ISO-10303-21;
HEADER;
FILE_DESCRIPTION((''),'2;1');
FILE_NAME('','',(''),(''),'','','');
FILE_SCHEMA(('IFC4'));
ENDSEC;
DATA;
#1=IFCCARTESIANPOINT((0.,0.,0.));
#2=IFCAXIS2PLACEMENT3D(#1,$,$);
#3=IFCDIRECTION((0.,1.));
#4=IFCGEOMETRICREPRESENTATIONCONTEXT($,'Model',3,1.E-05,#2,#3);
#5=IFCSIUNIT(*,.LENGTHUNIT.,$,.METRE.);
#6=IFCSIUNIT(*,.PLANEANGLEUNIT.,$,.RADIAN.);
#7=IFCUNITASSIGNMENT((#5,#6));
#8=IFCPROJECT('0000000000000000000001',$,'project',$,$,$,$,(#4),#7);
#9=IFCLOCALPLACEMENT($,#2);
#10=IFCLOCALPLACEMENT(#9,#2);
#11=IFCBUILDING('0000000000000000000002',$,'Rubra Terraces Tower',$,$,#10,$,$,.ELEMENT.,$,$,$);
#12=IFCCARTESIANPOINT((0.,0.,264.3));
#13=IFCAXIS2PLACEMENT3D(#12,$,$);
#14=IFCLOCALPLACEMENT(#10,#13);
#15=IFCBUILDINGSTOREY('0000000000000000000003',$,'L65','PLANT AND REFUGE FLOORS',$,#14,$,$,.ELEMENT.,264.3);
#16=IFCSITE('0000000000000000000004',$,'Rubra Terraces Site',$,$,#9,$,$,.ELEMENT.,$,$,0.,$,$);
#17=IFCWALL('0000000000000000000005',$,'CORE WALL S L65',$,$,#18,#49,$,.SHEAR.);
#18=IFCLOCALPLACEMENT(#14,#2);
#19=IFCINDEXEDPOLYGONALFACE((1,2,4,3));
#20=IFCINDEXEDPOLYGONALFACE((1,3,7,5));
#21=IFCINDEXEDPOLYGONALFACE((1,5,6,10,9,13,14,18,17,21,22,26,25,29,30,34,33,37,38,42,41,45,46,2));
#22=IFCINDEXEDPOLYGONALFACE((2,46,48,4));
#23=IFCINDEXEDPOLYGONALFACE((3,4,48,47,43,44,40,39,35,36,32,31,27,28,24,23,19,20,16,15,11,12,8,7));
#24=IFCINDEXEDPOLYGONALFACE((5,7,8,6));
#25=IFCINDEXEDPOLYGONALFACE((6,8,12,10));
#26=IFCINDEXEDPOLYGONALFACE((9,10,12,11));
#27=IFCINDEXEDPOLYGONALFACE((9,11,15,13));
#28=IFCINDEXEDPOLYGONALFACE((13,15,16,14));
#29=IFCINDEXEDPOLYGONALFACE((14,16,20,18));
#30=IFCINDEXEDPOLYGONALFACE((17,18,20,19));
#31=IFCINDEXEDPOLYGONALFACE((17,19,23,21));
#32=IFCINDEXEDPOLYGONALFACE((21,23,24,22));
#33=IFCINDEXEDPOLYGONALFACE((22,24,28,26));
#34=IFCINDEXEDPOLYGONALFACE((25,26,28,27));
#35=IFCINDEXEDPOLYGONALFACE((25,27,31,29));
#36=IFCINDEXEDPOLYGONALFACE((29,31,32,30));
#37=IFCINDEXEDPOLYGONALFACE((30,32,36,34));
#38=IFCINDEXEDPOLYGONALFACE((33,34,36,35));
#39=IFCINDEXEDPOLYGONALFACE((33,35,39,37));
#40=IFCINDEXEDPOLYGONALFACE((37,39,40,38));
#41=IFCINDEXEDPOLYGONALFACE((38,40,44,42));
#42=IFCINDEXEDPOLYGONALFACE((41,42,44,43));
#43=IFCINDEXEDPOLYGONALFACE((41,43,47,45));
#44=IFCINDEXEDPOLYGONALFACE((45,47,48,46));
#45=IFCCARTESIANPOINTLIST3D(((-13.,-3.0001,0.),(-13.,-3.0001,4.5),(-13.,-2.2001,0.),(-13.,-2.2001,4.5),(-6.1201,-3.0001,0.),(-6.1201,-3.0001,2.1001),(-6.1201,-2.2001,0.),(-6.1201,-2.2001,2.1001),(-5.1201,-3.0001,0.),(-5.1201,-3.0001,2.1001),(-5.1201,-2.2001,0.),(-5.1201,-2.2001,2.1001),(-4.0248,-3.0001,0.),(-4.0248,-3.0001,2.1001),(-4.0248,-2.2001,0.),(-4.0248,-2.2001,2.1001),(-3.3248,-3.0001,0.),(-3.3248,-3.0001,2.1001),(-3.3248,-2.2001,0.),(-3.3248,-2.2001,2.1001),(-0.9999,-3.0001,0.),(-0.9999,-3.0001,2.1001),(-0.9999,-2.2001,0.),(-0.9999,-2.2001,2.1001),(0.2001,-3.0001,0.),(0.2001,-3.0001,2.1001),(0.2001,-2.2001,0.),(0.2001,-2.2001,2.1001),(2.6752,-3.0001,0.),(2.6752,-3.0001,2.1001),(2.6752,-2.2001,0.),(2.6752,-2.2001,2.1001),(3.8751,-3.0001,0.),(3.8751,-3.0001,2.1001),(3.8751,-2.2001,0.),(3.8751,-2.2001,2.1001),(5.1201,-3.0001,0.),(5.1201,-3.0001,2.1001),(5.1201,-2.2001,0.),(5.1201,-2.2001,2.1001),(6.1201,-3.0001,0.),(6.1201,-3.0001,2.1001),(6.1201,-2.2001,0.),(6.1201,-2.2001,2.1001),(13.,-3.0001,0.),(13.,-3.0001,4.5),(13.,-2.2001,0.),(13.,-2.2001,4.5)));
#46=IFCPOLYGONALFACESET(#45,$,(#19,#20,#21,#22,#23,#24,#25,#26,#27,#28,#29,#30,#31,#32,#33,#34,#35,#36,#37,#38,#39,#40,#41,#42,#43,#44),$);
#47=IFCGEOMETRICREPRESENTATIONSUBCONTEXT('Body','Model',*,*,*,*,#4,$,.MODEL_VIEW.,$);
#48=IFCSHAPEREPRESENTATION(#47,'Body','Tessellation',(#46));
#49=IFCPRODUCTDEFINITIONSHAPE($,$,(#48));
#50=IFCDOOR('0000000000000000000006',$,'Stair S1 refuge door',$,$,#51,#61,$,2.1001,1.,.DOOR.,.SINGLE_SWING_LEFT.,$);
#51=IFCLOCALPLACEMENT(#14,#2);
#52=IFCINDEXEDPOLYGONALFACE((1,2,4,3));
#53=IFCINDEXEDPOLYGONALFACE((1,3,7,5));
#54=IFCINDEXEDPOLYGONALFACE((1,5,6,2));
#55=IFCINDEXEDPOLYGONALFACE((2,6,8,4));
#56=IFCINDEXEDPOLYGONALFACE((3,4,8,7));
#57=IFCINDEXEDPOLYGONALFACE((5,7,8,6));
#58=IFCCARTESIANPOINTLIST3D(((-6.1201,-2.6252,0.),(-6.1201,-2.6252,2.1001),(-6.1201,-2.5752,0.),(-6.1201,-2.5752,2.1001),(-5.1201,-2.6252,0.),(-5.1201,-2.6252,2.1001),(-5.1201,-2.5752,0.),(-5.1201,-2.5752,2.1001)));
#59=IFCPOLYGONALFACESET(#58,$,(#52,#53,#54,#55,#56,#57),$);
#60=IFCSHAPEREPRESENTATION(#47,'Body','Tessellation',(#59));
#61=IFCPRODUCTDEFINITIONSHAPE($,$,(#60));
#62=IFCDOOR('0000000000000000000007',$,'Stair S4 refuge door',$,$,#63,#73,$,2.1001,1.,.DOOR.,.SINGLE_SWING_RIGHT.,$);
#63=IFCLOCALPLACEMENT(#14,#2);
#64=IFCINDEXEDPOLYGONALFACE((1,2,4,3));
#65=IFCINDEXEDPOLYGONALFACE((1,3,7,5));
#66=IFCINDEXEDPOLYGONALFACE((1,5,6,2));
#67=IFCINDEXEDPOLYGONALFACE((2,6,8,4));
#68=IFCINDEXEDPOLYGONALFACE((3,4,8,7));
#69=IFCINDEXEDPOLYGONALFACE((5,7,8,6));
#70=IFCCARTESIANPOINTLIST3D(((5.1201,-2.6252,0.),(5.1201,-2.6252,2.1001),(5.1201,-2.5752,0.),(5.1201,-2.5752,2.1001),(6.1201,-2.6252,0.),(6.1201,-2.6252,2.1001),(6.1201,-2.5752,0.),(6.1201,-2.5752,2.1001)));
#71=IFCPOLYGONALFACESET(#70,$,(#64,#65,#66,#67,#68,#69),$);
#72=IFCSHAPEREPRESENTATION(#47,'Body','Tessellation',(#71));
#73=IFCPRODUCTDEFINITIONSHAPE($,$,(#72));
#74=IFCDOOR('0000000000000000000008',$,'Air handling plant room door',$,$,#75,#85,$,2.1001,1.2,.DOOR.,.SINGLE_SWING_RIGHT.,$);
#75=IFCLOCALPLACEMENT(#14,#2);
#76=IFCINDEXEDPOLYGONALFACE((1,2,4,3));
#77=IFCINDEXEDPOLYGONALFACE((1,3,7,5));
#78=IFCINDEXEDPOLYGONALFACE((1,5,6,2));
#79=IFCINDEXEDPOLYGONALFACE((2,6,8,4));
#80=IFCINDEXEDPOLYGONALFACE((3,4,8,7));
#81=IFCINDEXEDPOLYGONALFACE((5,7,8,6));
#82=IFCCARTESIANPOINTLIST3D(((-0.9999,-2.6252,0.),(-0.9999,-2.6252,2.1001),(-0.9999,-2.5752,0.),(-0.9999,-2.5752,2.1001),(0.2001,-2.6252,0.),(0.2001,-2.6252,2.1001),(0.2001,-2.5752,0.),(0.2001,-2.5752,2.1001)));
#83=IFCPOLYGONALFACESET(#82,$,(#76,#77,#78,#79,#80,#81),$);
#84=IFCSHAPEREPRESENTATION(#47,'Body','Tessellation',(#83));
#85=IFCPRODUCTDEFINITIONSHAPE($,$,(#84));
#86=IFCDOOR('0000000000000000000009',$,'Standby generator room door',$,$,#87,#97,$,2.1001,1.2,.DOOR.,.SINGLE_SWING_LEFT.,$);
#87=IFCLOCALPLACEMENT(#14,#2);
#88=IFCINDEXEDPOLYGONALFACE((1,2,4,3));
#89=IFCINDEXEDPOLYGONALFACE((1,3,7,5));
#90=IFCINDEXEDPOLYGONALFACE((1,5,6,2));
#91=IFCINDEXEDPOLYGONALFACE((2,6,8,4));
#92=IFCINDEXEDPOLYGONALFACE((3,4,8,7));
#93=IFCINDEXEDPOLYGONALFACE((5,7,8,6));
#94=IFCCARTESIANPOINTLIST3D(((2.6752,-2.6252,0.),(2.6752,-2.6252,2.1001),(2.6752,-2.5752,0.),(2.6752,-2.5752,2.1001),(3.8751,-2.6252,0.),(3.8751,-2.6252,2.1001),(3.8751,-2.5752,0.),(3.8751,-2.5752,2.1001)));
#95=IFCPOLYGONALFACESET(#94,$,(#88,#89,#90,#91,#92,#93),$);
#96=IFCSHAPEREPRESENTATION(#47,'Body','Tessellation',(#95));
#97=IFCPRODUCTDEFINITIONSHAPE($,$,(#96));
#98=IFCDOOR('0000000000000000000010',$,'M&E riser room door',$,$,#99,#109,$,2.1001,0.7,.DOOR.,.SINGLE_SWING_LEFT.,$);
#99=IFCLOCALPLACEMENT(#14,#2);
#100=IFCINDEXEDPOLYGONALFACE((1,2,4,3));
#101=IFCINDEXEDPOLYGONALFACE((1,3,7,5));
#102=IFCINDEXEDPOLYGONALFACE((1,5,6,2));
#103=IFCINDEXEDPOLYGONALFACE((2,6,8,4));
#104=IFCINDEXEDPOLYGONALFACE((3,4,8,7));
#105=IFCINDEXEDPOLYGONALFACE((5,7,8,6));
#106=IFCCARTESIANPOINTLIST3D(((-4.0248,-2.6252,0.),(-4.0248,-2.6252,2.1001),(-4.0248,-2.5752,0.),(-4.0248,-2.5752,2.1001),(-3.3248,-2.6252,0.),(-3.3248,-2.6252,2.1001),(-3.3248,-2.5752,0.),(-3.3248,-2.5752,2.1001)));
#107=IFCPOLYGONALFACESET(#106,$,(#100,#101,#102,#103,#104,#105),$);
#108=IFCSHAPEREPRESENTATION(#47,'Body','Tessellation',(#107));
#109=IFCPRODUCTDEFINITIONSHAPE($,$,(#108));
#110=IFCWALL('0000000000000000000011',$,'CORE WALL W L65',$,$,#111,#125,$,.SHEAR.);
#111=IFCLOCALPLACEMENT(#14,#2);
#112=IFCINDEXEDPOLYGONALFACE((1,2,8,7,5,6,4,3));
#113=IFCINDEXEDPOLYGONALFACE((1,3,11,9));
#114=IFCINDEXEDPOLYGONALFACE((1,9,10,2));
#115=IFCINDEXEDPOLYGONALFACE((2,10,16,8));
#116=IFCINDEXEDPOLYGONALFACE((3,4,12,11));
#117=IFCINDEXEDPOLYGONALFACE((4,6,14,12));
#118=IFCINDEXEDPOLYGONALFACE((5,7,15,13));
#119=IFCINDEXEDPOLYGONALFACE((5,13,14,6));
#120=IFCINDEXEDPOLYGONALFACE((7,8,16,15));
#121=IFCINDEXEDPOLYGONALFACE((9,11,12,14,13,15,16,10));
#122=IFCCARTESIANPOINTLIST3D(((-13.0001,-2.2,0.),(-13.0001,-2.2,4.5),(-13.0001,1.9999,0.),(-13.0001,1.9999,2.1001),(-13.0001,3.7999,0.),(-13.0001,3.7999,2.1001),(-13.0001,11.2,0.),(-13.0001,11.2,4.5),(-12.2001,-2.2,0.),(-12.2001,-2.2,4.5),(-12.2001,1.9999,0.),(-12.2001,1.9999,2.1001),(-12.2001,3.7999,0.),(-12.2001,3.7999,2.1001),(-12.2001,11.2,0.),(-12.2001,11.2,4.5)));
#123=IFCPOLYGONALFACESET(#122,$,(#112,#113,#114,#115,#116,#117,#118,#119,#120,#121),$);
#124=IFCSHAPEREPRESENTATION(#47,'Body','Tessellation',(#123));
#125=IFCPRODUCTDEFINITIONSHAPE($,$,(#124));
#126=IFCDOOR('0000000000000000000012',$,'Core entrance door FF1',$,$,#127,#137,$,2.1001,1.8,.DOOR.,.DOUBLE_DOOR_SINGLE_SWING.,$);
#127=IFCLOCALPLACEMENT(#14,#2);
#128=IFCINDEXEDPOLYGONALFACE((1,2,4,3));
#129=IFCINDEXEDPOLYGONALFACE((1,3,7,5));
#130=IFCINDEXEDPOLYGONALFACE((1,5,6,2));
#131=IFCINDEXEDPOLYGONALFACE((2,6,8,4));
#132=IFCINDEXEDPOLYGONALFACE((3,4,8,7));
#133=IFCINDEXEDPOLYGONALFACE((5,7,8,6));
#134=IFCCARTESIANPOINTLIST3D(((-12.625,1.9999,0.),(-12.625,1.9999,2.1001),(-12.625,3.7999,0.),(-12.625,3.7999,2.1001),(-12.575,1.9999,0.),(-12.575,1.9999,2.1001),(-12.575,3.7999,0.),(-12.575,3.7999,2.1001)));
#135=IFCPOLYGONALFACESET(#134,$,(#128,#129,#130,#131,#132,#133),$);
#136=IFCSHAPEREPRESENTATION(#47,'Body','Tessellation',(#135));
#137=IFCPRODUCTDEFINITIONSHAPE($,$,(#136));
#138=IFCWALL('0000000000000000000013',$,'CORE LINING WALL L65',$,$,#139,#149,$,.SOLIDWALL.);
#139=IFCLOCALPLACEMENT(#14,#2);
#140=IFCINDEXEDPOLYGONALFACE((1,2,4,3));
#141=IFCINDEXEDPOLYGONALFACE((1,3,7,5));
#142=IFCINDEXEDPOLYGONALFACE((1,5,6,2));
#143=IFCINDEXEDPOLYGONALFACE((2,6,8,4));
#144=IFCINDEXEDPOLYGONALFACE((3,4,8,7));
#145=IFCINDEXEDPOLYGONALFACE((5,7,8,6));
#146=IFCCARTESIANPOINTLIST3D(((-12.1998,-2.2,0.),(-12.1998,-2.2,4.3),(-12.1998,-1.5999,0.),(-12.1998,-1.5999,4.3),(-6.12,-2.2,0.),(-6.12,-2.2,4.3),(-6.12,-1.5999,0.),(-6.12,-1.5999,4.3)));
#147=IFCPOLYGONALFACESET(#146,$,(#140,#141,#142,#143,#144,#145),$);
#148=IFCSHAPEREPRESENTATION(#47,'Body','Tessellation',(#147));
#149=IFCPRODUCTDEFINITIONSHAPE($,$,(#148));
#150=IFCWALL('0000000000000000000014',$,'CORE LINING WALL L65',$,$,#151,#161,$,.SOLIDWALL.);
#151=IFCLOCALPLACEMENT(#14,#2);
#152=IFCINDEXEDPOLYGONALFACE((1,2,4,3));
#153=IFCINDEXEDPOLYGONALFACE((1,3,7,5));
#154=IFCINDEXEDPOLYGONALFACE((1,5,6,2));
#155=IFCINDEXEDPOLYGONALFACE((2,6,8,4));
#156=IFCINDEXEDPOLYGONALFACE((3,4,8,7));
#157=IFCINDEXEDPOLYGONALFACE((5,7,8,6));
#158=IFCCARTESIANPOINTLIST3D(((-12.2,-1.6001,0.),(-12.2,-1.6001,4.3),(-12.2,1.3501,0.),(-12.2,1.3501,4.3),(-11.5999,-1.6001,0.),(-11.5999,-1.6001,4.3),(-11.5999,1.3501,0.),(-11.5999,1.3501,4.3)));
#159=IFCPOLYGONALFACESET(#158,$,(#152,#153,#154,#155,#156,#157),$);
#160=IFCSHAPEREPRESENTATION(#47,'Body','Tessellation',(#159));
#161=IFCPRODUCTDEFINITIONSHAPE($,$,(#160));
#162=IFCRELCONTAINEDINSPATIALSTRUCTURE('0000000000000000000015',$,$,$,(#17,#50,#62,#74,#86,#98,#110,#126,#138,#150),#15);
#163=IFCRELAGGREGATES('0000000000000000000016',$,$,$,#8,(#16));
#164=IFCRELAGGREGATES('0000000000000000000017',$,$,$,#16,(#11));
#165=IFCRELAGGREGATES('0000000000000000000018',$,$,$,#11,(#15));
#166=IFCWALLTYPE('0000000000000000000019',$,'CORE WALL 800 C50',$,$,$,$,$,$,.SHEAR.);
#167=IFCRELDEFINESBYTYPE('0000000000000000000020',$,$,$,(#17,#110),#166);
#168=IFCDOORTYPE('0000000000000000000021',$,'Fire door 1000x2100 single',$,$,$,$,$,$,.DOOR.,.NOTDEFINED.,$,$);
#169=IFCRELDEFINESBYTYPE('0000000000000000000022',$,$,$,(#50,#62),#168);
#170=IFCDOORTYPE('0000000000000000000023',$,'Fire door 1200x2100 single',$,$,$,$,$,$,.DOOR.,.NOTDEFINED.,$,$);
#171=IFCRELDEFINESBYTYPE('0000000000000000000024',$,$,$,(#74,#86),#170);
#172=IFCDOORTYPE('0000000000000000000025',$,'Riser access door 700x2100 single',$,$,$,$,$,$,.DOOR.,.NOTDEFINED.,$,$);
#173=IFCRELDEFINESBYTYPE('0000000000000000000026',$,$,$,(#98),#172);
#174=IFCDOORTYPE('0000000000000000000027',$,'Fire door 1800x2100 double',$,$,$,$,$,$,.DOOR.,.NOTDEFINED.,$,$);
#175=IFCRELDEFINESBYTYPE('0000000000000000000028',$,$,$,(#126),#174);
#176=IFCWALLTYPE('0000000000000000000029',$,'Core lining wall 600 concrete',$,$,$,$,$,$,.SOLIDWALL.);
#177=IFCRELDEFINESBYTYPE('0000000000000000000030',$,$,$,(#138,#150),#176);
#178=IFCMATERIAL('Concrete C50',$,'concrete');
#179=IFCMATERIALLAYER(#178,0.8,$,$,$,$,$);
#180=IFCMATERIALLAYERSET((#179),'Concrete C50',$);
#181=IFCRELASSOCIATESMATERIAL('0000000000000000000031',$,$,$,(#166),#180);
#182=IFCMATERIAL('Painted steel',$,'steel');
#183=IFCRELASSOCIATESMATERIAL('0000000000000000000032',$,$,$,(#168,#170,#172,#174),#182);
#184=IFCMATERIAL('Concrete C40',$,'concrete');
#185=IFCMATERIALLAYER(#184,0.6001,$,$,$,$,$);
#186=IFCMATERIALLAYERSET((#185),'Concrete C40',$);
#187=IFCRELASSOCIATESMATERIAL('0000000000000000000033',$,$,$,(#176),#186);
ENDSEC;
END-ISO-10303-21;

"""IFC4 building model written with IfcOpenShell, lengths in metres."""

from ifc_helpers import new_model, si_unit, direction, frame, frame_2d, origin, place, context, subcontext, project, spatial, rectangle, extrude, material, layer, layer_set, type_object, element, fill, save


model = new_model("IFC4")

# Units and contexts
model_context = context("Model", 3, precision=1e-05, world=origin(), true_north=direction((0.0, 1.0)))
body_context = subcontext(model_context, "Body", "Model", "MODEL_VIEW")
ifc_project = project(units=[si_unit("LENGTHUNIT", "METRE"), si_unit("PLANEANGLEUNIT", "RADIAN")], contexts=[model_context])

# Site, building, storey
site_placement = place(None, origin())
site = spatial("IfcSite", under=ifc_project, at=site_placement, Name="Rubra Terraces Site", CompositionType="ELEMENT", RefElevation=0.0)
building_placement = place(site_placement, origin())
building = spatial("IfcBuilding", under=site, at=building_placement, Name="Rubra Terraces Tower", CompositionType="ELEMENT")
storey_placement = place(building_placement, frame((0.0, 0.0, 264.3)))
storey = spatial("IfcBuildingStorey", under=building, at=storey_placement, Name="L65", Description="PLANT AND REFUGE FLOORS", CompositionType="ELEMENT", Elevation=264.3)

# Shared definitions
ifc_material_1 = material(Name="Concrete C40", Category="concrete")

# Wall, openings, doors
ifc_material_2 = material(Name="Concrete C50", Category="concrete")
ifc_layer_1 = layer(ifc_material_2, 0.8)
ifc_layer_set_1 = layer_set([ifc_layer_1], Name="Concrete C50")
wall_type_1 = type_object("IfcWallType", Name="CORE WALL 800 C50", PredefinedType="SHEAR", material=ifc_layer_set_1)
wall_1_placement = place(storey_placement, frame((-13.0, -2.6001, 0.0), z_axis=(0.0, 0.0, 1.0), x_axis=(1.0, 0.0, 0.0)))
wall_1 = element("IfcWall", 1, at=wall_1_placement, inside=storey, type_object=wall_type_1, Name="CORE WALL S L65", PredefinedType="SHEAR", context=body_context, shape_type="SweptSolid", body=[
    extrude(rectangle(XDim=26.0, YDim=0.8, at=frame_2d((13.0, 0.0))), origin(), (0.0, 0.0, 1.0), 4.5),
])
opening_1_placement = place(wall_1_placement, frame((8.9751, 0.0, 0.0)))
opening_1 = element("IfcOpeningElement", 2, at=opening_1_placement, cuts=wall_1, PredefinedType="OPENING", context=body_context, shape_type="SweptSolid", body=[
    extrude(rectangle(XDim=0.7, YDim=2.1001, at=frame_2d((0.3501, 1.05))), frame((0.0, 0.4099, 0.0), z_axis=(0.0, -1.0, 0.0), x_axis=(1.0, 0.0, 0.0)), (0.0, 0.0, 1.0), 0.8201),
])
opening_2_placement = place(wall_1_placement, frame((12.0, 0.0, 0.0)))
opening_2 = element("IfcOpeningElement", 3, at=opening_2_placement, cuts=wall_1, PredefinedType="OPENING", context=body_context, shape_type="SweptSolid", body=[
    extrude(rectangle(XDim=1.2, YDim=2.1001, at=frame_2d((0.6001, 1.05))), frame((0.0, 0.4099, 0.0), z_axis=(0.0, -1.0, 0.0), x_axis=(1.0, 0.0, 0.0)), (0.0, 0.0, 1.0), 0.8201),
])
opening_3_placement = place(wall_1_placement, frame((15.675, 0.0, 0.0)))
opening_3 = element("IfcOpeningElement", 4, at=opening_3_placement, cuts=wall_1, PredefinedType="OPENING", context=body_context, shape_type="SweptSolid", body=[
    extrude(rectangle(XDim=1.2, YDim=2.1001, at=frame_2d((0.6001, 1.05))), frame((0.0, 0.4099, 0.0), z_axis=(0.0, -1.0, 0.0), x_axis=(1.0, 0.0, 0.0)), (0.0, 0.0, 1.0), 0.8201),
])
opening_4_placement = place(wall_1_placement, frame((6.8799, 0.0, 0.0)))
opening_4 = element("IfcOpeningElement", 5, at=opening_4_placement, cuts=wall_1, PredefinedType="OPENING", context=body_context, shape_type="SweptSolid", body=[
    extrude(rectangle(XDim=1.0, YDim=2.1001, at=frame_2d((0.5, 1.05))), frame((0.0, 0.4099, 0.0), z_axis=(0.0, -1.0, 0.0), x_axis=(1.0, 0.0, 0.0)), (0.0, 0.0, 1.0), 0.8201),
])
opening_5_placement = place(wall_1_placement, frame((18.1201, 0.0, 0.0)))
opening_5 = element("IfcOpeningElement", 6, at=opening_5_placement, cuts=wall_1, PredefinedType="OPENING", context=body_context, shape_type="SweptSolid", body=[
    extrude(rectangle(XDim=1.0, YDim=2.1001, at=frame_2d((0.5, 1.05))), frame((0.0, 0.4099, 0.0), z_axis=(0.0, -1.0, 0.0), x_axis=(1.0, 0.0, 0.0)), (0.0, 0.0, 1.0), 0.8201),
])
ifc_material_3 = material(Name="Painted steel", Category="steel")
door_type_1 = type_object("IfcDoorType", Name="Fire door 1000x2100 single", OperationType="NOTDEFINED", PredefinedType="DOOR", material=ifc_material_3)
door_1_placement = place(opening_4_placement, origin())
door_1 = element("IfcDoor", 7, at=door_1_placement, inside=storey, type_object=door_type_1, Name="Stair S1 refuge door", OperationType="SINGLE_SWING_LEFT", OverallHeight=2.1001, OverallWidth=1.0, PredefinedType="DOOR", context=body_context, shape_type="SweptSolid", body=[
    extrude(rectangle(XDim=1.0, YDim=2.1001, at=frame_2d((0.5, 1.05))), frame((0.0, 0.0249, 0.0), z_axis=(0.0, -1.0, 0.0), x_axis=(1.0, 0.0, 0.0)), (0.0, 0.0, 1.0), 0.05),
])
fill(opening_4, door_1)
door_2_placement = place(opening_5_placement, origin())
door_2 = element("IfcDoor", 8, at=door_2_placement, inside=storey, type_object=door_type_1, Name="Stair S4 refuge door", OperationType="SINGLE_SWING_RIGHT", OverallHeight=2.1001, OverallWidth=1.0, PredefinedType="DOOR", context=body_context, shape_type="SweptSolid", body=[
    extrude(rectangle(XDim=1.0, YDim=2.1001, at=frame_2d((0.5, 1.05))), frame((0.0, 0.0249, 0.0), z_axis=(0.0, -1.0, 0.0), x_axis=(1.0, 0.0, 0.0)), (0.0, 0.0, 1.0), 0.05),
])
fill(opening_5, door_2)
door_type_2 = type_object("IfcDoorType", Name="Fire door 1200x2100 single", OperationType="NOTDEFINED", PredefinedType="DOOR", material=ifc_material_3)
door_3_placement = place(opening_2_placement, origin())
door_3 = element("IfcDoor", 9, at=door_3_placement, inside=storey, type_object=door_type_2, Name="Air handling plant room door", OperationType="SINGLE_SWING_RIGHT", OverallHeight=2.1001, OverallWidth=1.2, PredefinedType="DOOR", context=body_context, shape_type="SweptSolid", body=[
    extrude(rectangle(XDim=1.2, YDim=2.1001, at=frame_2d((0.6001, 1.05))), frame((0.0, 0.0249, 0.0), z_axis=(0.0, -1.0, 0.0), x_axis=(1.0, 0.0, 0.0)), (0.0, 0.0, 1.0), 0.05),
])
fill(opening_2, door_3)
door_4_placement = place(opening_3_placement, origin())
door_4 = element("IfcDoor", 10, at=door_4_placement, inside=storey, type_object=door_type_2, Name="Standby generator room door", OperationType="SINGLE_SWING_LEFT", OverallHeight=2.1001, OverallWidth=1.2, PredefinedType="DOOR", context=body_context, shape_type="SweptSolid", body=[
    extrude(rectangle(XDim=1.2, YDim=2.1001, at=frame_2d((0.6001, 1.05))), frame((0.0, 0.0249, 0.0), z_axis=(0.0, -1.0, 0.0), x_axis=(1.0, 0.0, 0.0)), (0.0, 0.0, 1.0), 0.05),
])
fill(opening_3, door_4)
door_type_3 = type_object("IfcDoorType", Name="Riser access door 700x2100 single", OperationType="NOTDEFINED", PredefinedType="DOOR", material=ifc_material_3)
door_5_placement = place(opening_1_placement, origin())
door_5 = element("IfcDoor", 11, at=door_5_placement, inside=storey, type_object=door_type_3, Name="M&E riser room door", OperationType="SINGLE_SWING_LEFT", OverallHeight=2.1001, OverallWidth=0.7, PredefinedType="DOOR", context=body_context, shape_type="SweptSolid", body=[
    extrude(rectangle(XDim=0.7, YDim=2.1001, at=frame_2d((0.3501, 1.05))), frame((0.0, 0.0249, 0.0), z_axis=(0.0, -1.0, 0.0), x_axis=(1.0, 0.0, 0.0)), (0.0, 0.0, 1.0), 0.05),
])
fill(opening_1, door_5)

# Wall, opening, door
wall_2_placement = place(storey_placement, frame((-12.6001, -2.2, 0.0), z_axis=(0.0, 0.0, 1.0), x_axis=(0.0, 1.0, 0.0)))
wall_2 = element("IfcWall", 12, at=wall_2_placement, inside=storey, type_object=wall_type_1, Name="CORE WALL W L65", PredefinedType="SHEAR", context=body_context, shape_type="SweptSolid", body=[
    extrude(rectangle(XDim=13.3999, YDim=0.8, at=frame_2d((6.7, 0.0))), origin(), (0.0, 0.0, 1.0), 4.5),
])
opening_6_placement = place(wall_2_placement, frame((4.2, 0.0, 0.0)))
opening_6 = element("IfcOpeningElement", 13, at=opening_6_placement, cuts=wall_2, PredefinedType="OPENING", context=body_context, shape_type="SweptSolid", body=[
    extrude(rectangle(XDim=1.8, YDim=2.1001, at=frame_2d((0.8999, 1.05))), frame((0.0, 0.4099, 0.0), z_axis=(0.0, -1.0, 0.0), x_axis=(1.0, 0.0, 0.0)), (0.0, 0.0, 1.0), 0.8201),
])
door_type_4 = type_object("IfcDoorType", Name="Fire door 1800x2100 double", OperationType="NOTDEFINED", PredefinedType="DOOR", material=ifc_material_3)
door_6_placement = place(opening_6_placement, origin())
door_6 = element("IfcDoor", 14, at=door_6_placement, inside=storey, type_object=door_type_4, Name="Core entrance door FF1", OperationType="DOUBLE_DOOR_SINGLE_SWING", OverallHeight=2.1001, OverallWidth=1.8, PredefinedType="DOOR", context=body_context, shape_type="SweptSolid", body=[
    extrude(rectangle(XDim=1.8, YDim=2.1001, at=frame_2d((0.8999, 1.05))), frame((0.0, 0.0249, 0.0), z_axis=(0.0, -1.0, 0.0), x_axis=(1.0, 0.0, 0.0)), (0.0, 0.0, 1.0), 0.05),
])
fill(opening_6, door_6)

# Walls
ifc_layer_2 = layer(ifc_material_1, 0.6001)
ifc_layer_set_2 = layer_set([ifc_layer_2], Name="Concrete C40")
wall_type_2 = type_object("IfcWallType", Name="Core lining wall 600 concrete", PredefinedType="SOLIDWALL", material=ifc_layer_set_2)
wall_3_placement = place(storey_placement, frame((-12.2, -1.8999, 0.0), z_axis=(0.0, 0.0, 1.0), x_axis=(1.0, 0.0, 0.0)))
element("IfcWall", 15, at=wall_3_placement, inside=storey, type_object=wall_type_2, Name="CORE LINING WALL L65", PredefinedType="SOLIDWALL", context=body_context, shape_type="SweptSolid", body=[
    extrude(rectangle(XDim=6.0798, YDim=0.6001, at=frame_2d((3.04, 0.0))), origin(), (0.0, 0.0, 1.0), 4.3),
])
wall_4_placement = place(storey_placement, frame((-11.8999, -1.6001, 0.0), z_axis=(0.0, 0.0, 1.0), x_axis=(0.0, 1.0, 0.0)))
element("IfcWall", 16, at=wall_4_placement, inside=storey, type_object=wall_type_2, Name="CORE LINING WALL L65", PredefinedType="SOLIDWALL", context=body_context, shape_type="SweptSolid", body=[
    extrude(rectangle(XDim=2.9502, YDim=0.6001, at=frame_2d((1.4751, 0.0))), origin(), (0.0, 0.0, 1.0), 4.3),
])

save(model, "model.ifc")
